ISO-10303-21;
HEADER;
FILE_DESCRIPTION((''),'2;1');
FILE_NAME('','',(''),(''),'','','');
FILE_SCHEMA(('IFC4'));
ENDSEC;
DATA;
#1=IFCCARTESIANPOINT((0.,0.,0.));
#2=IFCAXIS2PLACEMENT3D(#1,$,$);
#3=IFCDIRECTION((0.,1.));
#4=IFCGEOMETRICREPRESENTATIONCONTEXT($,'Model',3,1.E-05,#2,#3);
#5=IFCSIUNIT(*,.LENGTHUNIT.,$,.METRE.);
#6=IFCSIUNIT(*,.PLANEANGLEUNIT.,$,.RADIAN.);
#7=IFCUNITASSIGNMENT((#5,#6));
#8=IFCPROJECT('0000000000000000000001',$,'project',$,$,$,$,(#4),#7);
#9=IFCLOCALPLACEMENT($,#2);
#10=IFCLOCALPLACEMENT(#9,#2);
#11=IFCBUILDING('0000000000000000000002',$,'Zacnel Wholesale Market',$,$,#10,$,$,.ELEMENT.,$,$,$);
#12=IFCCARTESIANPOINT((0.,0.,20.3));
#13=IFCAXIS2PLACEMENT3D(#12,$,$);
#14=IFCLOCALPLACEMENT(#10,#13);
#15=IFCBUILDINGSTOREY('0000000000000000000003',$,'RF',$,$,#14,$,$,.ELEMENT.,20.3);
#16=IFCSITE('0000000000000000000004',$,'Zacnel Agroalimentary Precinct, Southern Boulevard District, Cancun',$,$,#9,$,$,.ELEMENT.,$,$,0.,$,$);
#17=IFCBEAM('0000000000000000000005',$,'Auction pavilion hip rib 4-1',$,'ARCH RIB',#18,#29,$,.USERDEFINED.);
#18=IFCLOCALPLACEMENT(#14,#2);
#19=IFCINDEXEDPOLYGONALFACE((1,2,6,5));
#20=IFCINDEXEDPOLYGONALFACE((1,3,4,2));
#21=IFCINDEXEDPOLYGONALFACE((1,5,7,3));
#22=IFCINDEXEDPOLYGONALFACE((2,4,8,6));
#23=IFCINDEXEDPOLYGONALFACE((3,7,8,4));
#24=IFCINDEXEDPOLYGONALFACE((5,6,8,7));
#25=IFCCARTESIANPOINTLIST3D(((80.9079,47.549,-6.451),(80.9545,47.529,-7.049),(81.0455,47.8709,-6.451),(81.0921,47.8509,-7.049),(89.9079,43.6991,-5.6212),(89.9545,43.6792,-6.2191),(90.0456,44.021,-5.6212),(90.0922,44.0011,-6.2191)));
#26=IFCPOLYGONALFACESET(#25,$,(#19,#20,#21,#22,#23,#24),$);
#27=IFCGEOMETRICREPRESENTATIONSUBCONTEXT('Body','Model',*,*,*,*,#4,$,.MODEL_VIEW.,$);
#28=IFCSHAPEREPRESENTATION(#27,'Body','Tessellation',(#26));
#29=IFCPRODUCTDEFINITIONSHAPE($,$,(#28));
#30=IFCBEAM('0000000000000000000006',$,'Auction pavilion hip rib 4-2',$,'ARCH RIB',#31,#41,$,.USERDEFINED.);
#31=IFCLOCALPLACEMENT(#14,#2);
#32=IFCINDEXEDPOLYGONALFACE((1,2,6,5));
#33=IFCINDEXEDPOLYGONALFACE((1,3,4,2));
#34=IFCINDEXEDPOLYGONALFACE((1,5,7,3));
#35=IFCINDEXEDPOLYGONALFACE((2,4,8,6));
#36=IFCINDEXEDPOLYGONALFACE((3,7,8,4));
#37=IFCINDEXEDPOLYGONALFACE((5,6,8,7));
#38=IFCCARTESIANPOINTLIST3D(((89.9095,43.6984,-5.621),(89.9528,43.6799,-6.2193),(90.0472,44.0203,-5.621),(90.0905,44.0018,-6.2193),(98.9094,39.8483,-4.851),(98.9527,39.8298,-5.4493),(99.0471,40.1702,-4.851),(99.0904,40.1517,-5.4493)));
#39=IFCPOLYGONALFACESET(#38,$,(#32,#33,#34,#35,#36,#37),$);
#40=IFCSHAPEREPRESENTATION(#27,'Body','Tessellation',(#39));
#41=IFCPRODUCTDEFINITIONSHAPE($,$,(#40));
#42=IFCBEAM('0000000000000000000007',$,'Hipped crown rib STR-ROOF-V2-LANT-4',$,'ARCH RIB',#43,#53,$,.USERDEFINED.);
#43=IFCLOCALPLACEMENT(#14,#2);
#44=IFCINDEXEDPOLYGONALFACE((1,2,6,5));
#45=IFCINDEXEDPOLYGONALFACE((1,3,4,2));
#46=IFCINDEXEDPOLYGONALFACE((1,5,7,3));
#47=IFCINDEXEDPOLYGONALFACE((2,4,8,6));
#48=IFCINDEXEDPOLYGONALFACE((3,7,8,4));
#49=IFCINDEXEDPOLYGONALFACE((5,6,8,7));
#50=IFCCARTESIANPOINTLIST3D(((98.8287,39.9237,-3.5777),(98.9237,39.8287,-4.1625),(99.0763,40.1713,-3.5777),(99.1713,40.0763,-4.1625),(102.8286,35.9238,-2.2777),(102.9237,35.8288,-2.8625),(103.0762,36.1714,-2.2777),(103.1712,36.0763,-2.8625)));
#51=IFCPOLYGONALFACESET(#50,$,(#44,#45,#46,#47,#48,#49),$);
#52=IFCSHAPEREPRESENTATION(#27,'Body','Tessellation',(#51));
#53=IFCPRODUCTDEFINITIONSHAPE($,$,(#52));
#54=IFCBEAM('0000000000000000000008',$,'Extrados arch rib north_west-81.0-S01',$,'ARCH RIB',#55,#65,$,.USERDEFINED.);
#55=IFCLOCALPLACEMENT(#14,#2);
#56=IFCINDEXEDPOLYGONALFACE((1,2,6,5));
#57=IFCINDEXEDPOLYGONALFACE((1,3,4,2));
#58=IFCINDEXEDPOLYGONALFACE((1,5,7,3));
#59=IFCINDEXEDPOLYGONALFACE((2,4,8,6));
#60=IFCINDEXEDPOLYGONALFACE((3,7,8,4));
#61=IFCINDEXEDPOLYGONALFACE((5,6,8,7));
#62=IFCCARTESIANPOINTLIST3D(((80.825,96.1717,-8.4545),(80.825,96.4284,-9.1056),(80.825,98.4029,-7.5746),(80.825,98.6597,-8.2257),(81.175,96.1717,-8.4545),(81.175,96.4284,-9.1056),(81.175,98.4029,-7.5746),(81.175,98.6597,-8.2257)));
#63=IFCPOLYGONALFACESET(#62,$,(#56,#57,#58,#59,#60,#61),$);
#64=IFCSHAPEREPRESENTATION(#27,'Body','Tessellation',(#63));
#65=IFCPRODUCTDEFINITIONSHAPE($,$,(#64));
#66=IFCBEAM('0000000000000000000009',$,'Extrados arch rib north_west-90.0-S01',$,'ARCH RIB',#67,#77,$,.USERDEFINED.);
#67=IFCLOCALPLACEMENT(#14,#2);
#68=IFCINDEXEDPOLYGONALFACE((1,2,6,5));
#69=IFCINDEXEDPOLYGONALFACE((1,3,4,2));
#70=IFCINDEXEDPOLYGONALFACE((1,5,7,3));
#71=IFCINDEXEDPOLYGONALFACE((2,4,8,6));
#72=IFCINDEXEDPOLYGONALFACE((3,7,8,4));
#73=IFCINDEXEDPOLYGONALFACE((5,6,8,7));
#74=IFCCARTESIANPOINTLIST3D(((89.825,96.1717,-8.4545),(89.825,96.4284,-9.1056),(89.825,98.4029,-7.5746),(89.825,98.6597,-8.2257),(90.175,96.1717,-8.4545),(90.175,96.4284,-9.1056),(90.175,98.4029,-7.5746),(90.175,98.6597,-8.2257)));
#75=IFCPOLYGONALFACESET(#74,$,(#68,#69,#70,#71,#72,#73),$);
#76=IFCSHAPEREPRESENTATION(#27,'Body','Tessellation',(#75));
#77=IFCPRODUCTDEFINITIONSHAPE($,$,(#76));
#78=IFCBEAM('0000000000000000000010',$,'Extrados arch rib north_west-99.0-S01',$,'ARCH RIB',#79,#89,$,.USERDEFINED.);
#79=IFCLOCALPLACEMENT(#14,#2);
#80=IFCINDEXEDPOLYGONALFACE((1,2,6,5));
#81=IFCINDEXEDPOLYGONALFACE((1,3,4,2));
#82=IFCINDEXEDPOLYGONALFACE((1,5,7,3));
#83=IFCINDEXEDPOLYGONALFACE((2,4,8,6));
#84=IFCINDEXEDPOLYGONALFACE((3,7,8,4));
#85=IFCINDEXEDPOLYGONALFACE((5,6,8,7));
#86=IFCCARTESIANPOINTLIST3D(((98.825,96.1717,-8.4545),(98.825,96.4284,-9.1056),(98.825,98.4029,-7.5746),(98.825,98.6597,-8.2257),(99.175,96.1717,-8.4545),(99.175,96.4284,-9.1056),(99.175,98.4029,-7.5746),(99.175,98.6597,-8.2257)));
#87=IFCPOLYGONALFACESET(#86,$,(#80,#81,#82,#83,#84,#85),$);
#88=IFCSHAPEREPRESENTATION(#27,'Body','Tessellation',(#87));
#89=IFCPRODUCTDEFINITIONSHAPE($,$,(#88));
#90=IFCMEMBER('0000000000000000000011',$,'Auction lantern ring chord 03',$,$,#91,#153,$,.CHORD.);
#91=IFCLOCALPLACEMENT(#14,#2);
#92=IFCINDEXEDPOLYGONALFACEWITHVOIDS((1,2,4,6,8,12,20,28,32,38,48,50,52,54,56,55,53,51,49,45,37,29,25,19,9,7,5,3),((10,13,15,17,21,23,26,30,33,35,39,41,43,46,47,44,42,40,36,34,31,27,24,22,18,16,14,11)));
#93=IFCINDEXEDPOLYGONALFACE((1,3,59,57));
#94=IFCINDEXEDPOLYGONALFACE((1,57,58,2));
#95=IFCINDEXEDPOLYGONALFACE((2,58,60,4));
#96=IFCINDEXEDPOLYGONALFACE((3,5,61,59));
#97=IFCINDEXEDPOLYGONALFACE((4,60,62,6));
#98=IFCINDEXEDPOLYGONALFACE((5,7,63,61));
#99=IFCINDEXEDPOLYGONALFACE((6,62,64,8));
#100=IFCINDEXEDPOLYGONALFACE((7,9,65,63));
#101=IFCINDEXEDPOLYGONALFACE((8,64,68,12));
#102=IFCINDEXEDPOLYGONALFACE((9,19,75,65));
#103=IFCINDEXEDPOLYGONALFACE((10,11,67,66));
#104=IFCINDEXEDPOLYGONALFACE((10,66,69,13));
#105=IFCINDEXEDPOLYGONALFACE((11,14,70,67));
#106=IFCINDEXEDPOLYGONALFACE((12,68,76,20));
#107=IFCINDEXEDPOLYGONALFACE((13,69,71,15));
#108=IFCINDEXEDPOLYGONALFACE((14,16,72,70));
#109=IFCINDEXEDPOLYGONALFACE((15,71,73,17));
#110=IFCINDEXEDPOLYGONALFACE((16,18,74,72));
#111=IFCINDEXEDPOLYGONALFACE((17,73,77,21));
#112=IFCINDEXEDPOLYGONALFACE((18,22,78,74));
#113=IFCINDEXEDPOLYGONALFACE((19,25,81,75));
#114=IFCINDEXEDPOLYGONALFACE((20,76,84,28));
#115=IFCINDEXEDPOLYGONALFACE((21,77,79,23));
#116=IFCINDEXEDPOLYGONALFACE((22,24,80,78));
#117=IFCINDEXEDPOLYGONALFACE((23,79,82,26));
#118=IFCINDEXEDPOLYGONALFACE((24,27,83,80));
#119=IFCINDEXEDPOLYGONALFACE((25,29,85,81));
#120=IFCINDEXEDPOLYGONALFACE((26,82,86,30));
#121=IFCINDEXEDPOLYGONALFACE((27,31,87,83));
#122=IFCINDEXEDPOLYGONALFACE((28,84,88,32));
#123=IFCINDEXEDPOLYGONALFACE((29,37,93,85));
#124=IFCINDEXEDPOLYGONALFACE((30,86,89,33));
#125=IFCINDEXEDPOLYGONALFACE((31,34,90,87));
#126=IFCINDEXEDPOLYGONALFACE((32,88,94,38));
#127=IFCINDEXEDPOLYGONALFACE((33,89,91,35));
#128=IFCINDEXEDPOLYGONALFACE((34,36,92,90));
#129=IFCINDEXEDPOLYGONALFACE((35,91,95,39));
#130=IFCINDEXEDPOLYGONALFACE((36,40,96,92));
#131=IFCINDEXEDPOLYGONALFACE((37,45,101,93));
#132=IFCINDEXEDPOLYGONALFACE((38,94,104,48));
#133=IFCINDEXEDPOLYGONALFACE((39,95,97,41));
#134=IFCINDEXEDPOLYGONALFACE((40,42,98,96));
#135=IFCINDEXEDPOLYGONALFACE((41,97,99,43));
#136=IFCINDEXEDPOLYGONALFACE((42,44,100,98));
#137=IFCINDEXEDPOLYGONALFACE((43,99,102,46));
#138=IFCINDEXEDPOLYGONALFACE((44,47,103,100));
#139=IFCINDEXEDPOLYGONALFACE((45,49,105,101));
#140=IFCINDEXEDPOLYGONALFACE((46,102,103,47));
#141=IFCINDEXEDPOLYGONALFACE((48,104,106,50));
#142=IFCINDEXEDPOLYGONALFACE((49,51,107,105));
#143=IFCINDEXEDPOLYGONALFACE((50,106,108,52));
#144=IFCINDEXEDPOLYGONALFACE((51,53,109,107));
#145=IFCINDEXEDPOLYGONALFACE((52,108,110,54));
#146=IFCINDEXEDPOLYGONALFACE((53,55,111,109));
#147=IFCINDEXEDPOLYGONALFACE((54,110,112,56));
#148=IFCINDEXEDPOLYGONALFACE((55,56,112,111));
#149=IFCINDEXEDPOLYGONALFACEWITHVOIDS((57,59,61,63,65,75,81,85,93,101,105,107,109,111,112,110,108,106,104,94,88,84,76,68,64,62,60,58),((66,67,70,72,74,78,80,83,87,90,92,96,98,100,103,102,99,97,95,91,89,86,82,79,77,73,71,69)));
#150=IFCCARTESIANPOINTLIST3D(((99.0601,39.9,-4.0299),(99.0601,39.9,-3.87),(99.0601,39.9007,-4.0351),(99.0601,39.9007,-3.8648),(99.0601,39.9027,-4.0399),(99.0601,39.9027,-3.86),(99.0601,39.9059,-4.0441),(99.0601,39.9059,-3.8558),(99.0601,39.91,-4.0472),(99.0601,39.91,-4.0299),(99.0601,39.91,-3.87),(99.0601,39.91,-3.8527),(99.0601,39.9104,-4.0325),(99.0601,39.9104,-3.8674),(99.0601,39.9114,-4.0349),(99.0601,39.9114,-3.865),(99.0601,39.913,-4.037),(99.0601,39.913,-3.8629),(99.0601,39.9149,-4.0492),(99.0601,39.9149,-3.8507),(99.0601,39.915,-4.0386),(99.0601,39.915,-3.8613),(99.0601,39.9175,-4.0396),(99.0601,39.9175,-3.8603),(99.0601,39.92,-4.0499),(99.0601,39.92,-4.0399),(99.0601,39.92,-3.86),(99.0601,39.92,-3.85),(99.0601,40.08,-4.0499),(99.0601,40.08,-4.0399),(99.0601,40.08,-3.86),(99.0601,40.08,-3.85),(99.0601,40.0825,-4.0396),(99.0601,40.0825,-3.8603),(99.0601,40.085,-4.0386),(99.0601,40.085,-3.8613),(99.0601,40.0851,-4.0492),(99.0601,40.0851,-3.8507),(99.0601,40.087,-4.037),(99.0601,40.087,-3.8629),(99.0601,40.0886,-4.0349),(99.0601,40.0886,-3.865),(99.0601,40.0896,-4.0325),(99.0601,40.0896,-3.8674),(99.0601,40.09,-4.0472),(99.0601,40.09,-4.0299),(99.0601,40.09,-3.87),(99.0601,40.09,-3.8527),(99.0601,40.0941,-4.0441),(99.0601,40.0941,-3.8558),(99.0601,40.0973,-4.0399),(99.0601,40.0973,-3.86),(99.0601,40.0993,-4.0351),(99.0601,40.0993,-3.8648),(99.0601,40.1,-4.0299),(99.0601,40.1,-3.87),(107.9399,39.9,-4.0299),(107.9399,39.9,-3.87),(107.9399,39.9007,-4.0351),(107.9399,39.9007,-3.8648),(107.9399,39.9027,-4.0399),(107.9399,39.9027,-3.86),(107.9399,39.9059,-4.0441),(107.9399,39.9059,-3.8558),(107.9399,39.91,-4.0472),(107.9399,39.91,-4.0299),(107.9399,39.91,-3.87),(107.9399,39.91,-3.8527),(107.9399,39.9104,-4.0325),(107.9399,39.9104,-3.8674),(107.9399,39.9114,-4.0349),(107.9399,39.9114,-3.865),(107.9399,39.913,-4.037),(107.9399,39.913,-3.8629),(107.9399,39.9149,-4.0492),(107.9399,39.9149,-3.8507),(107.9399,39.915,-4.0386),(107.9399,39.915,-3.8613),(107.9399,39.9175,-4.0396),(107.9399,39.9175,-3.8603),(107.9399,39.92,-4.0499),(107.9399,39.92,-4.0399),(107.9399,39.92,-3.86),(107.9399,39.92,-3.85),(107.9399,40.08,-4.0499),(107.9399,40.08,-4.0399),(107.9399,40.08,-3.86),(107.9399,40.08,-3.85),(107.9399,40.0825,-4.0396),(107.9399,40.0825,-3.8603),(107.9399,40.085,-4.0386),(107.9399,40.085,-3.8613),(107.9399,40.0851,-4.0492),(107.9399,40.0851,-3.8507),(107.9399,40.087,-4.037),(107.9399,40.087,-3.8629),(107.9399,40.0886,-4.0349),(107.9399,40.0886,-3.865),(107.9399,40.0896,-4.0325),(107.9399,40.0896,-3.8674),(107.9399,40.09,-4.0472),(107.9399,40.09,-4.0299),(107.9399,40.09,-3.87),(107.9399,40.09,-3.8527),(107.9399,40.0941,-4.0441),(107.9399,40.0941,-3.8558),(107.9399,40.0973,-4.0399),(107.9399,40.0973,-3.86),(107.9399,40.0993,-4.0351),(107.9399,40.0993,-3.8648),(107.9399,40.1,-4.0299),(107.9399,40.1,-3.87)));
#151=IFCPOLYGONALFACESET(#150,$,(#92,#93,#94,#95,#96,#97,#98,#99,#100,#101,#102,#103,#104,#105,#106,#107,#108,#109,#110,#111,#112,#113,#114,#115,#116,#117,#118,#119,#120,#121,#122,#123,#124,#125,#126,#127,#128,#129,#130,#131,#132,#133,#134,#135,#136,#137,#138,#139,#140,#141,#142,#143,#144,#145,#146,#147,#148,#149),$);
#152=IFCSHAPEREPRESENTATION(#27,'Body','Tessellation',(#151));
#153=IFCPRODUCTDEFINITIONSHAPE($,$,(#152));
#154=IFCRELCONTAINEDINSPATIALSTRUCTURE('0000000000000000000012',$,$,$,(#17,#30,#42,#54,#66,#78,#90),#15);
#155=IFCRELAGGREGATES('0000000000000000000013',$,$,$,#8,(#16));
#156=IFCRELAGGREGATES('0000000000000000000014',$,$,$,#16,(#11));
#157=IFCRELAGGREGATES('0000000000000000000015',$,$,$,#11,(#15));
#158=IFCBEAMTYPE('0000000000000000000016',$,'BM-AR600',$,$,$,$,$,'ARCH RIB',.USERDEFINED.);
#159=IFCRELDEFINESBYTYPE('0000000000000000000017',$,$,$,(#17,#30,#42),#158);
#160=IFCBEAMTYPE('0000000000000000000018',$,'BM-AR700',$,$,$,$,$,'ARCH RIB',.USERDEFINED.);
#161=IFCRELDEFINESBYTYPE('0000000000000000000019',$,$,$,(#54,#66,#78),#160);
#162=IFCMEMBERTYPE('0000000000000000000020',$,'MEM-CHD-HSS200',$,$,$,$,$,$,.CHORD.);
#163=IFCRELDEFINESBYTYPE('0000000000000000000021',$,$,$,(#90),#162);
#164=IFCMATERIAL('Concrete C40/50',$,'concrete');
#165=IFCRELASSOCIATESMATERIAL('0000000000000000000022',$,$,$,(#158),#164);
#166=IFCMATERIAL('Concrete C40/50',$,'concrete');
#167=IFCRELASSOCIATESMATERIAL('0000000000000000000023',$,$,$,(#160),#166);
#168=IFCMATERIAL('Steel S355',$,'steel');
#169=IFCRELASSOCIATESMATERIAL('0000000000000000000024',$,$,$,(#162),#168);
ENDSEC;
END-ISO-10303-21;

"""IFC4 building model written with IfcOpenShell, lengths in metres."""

from ifc_helpers import new_model, si_unit, direction, frame, origin, origin_2d, place, context, subcontext, project, spatial, rectangle, hollow_rectangle, extrude, material, material_profile, profile_set, type_object, element, save


model = new_model("IFC4")

# Units and contexts
model_context = context("Model", 3, precision=1e-05, world=origin(), true_north=direction((0.0, 1.0)))
body_context = subcontext(model_context, "Body", "Model", "MODEL_VIEW")
ifc_project = project(units=[si_unit("LENGTHUNIT", "METRE"), si_unit("PLANEANGLEUNIT", "RADIAN")], contexts=[model_context])

# Site, building, storey
site_placement = place(None, origin())
site = spatial("IfcSite", under=ifc_project, at=site_placement, Name="Zacnel Agroalimentary Precinct, Southern Boulevard District, Cancun", CompositionType="ELEMENT", RefElevation=0.0)
building_placement = place(site_placement, origin())
building = spatial("IfcBuilding", under=site, at=building_placement, Name="Zacnel Wholesale Market", CompositionType="ELEMENT")
storey_placement = place(building_placement, frame((0.0, 0.0, 20.3)))
storey = spatial("IfcBuildingStorey", under=building, at=storey_placement, Name="RF", CompositionType="ELEMENT", Elevation=20.3)

# Beams
ifc_material_1 = material(Name="Concrete C40/50", Category="concrete")
ifc_material_profile_1 = material_profile(ifc_material_1, rectangle(XDim=0.3501, YDim=0.6001, at=origin_2d()), Name="ARCH RIB 350x600")
ifc_profile_set_1 = profile_set([ifc_material_profile_1], Name="Concrete C40/50")
beam_type_1 = type_object("IfcBeamType", Name="BM-AR600", ElementType="ARCH RIB", PredefinedType="USERDEFINED", material=ifc_profile_set_1)
beam_1_placement = place(storey_placement, frame((81.0, 47.7, -6.75), z_axis=(0.916128, -0.391884, 0.084471), x_axis=(0.39329, 0.919414, 0.0)))
element("IfcBeam", 1, at=beam_1_placement, inside=storey, type_object=beam_type_1, Name="Auction pavilion hip rib 4-1", ObjectType="ARCH RIB", PredefinedType="USERDEFINED", context=body_context, shape_type="SweptSolid", body=[
    extrude(rectangle(XDim=0.3501, YDim=0.6001, at=origin_2d()), origin(), (0.0, 0.0, 1.0), 9.824),
])
beam_2_placement = place(storey_placement, frame((90.0, 43.8501, -5.9202), z_axis=(0.916574, -0.3921, 0.07842), x_axis=(0.393311, 0.919405, 0.0)))
element("IfcBeam", 2, at=beam_2_placement, inside=storey, type_object=beam_type_1, Name="Auction pavilion hip rib 4-2", ObjectType="ARCH RIB", PredefinedType="USERDEFINED", context=body_context, shape_type="SweptSolid", body=[
    extrude(rectangle(XDim=0.3501, YDim=0.6001, at=origin_2d()), origin(), (0.0, 0.0, 1.0), 9.8191),
])
beam_3_placement = place(storey_placement, frame((99.0, 40.0, -3.8701), z_axis=(0.689142, -0.689142, 0.22398), x_axis=(0.707107, 0.707107, 0.0)))
element("IfcBeam", 3, at=beam_3_placement, inside=storey, type_object=beam_type_1, Name="Hipped crown rib STR-ROOF-V2-LANT-4", ObjectType="ARCH RIB", PredefinedType="USERDEFINED", context=body_context, shape_type="SweptSolid", body=[
    extrude(rectangle(XDim=0.3501, YDim=0.6001, at=origin_2d()), origin(), (0.0, 0.0, 1.0), 5.8042),
])
ifc_material_2 = material(Name="Concrete C40/50", Category="concrete")
ifc_material_profile_2 = material_profile(ifc_material_2, rectangle(XDim=0.3501, YDim=0.7, at=origin_2d()), Name="ARCH RIB 350x700")
ifc_profile_set_2 = profile_set([ifc_material_profile_2], Name="Concrete C40/50")
beam_type_2 = type_object("IfcBeamType", Name="BM-AR700", ElementType="ARCH RIB", PredefinedType="USERDEFINED", material=ifc_profile_set_2)
for number, where, z_axis, x_axis, name in (
    (4, (81.0, 96.3, -8.78), (0.0, 0.930277, 0.366858), (-1.0, 0.0, 0.0), "Extrados arch rib north_west-81.0-S01"),
    (5, (90.0, 96.3, -8.78), (0.0, 0.930277, 0.366858), (-1.0, 0.0, 0.0), "Extrados arch rib north_west-90.0-S01"),
    (6, (99.0, 96.3, -8.78), (0.0, 0.930277, 0.366858), (-1.0, 0.0, 0.0), "Extrados arch rib north_west-99.0-S01"),
):
    element("IfcBeam", number, at=place(storey_placement, frame(where, z_axis=z_axis, x_axis=x_axis)), inside=storey, type_object=beam_type_2, Name=name, ObjectType="ARCH RIB", PredefinedType="USERDEFINED", context=body_context, shape_type="SweptSolid", body=[
        extrude(rectangle(XDim=0.3501, YDim=0.7, at=origin_2d()), origin(), (0.0, 0.0, 1.0), 2.3984),
    ])

# Member
ifc_material_3 = material(Name="Steel S355", Category="steel")
ifc_material_profile_3 = material_profile(ifc_material_3, hollow_rectangle(XDim=0.2, YDim=0.2, WallThickness=0.01, InnerFilletRadius=0.01, OuterFilletRadius=0.02, at=origin_2d()), Name="HSS 200x200x10")
ifc_profile_set_3 = profile_set([ifc_material_profile_3], Name="Steel S355")
member_type_1 = type_object("IfcMemberType", Name="MEM-CHD-HSS200", PredefinedType="CHORD", material=ifc_profile_set_3)
member_1_placement = place(storey_placement, frame((99.0601, 40.0, -3.95), z_axis=(1.0, 0.0, 0.0), x_axis=(0.0, 1.0, 0.0)))
element("IfcMember", 7, at=member_1_placement, inside=storey, type_object=member_type_1, Name="Auction lantern ring chord 03", PredefinedType="CHORD", context=body_context, shape_type="SweptSolid", body=[
    extrude(hollow_rectangle(XDim=0.2, YDim=0.2, WallThickness=0.01, InnerFilletRadius=0.01, OuterFilletRadius=0.02, at=origin_2d()), origin(), (0.0, 0.0, 1.0), 8.8799),
])

save(model, "model.ifc")
